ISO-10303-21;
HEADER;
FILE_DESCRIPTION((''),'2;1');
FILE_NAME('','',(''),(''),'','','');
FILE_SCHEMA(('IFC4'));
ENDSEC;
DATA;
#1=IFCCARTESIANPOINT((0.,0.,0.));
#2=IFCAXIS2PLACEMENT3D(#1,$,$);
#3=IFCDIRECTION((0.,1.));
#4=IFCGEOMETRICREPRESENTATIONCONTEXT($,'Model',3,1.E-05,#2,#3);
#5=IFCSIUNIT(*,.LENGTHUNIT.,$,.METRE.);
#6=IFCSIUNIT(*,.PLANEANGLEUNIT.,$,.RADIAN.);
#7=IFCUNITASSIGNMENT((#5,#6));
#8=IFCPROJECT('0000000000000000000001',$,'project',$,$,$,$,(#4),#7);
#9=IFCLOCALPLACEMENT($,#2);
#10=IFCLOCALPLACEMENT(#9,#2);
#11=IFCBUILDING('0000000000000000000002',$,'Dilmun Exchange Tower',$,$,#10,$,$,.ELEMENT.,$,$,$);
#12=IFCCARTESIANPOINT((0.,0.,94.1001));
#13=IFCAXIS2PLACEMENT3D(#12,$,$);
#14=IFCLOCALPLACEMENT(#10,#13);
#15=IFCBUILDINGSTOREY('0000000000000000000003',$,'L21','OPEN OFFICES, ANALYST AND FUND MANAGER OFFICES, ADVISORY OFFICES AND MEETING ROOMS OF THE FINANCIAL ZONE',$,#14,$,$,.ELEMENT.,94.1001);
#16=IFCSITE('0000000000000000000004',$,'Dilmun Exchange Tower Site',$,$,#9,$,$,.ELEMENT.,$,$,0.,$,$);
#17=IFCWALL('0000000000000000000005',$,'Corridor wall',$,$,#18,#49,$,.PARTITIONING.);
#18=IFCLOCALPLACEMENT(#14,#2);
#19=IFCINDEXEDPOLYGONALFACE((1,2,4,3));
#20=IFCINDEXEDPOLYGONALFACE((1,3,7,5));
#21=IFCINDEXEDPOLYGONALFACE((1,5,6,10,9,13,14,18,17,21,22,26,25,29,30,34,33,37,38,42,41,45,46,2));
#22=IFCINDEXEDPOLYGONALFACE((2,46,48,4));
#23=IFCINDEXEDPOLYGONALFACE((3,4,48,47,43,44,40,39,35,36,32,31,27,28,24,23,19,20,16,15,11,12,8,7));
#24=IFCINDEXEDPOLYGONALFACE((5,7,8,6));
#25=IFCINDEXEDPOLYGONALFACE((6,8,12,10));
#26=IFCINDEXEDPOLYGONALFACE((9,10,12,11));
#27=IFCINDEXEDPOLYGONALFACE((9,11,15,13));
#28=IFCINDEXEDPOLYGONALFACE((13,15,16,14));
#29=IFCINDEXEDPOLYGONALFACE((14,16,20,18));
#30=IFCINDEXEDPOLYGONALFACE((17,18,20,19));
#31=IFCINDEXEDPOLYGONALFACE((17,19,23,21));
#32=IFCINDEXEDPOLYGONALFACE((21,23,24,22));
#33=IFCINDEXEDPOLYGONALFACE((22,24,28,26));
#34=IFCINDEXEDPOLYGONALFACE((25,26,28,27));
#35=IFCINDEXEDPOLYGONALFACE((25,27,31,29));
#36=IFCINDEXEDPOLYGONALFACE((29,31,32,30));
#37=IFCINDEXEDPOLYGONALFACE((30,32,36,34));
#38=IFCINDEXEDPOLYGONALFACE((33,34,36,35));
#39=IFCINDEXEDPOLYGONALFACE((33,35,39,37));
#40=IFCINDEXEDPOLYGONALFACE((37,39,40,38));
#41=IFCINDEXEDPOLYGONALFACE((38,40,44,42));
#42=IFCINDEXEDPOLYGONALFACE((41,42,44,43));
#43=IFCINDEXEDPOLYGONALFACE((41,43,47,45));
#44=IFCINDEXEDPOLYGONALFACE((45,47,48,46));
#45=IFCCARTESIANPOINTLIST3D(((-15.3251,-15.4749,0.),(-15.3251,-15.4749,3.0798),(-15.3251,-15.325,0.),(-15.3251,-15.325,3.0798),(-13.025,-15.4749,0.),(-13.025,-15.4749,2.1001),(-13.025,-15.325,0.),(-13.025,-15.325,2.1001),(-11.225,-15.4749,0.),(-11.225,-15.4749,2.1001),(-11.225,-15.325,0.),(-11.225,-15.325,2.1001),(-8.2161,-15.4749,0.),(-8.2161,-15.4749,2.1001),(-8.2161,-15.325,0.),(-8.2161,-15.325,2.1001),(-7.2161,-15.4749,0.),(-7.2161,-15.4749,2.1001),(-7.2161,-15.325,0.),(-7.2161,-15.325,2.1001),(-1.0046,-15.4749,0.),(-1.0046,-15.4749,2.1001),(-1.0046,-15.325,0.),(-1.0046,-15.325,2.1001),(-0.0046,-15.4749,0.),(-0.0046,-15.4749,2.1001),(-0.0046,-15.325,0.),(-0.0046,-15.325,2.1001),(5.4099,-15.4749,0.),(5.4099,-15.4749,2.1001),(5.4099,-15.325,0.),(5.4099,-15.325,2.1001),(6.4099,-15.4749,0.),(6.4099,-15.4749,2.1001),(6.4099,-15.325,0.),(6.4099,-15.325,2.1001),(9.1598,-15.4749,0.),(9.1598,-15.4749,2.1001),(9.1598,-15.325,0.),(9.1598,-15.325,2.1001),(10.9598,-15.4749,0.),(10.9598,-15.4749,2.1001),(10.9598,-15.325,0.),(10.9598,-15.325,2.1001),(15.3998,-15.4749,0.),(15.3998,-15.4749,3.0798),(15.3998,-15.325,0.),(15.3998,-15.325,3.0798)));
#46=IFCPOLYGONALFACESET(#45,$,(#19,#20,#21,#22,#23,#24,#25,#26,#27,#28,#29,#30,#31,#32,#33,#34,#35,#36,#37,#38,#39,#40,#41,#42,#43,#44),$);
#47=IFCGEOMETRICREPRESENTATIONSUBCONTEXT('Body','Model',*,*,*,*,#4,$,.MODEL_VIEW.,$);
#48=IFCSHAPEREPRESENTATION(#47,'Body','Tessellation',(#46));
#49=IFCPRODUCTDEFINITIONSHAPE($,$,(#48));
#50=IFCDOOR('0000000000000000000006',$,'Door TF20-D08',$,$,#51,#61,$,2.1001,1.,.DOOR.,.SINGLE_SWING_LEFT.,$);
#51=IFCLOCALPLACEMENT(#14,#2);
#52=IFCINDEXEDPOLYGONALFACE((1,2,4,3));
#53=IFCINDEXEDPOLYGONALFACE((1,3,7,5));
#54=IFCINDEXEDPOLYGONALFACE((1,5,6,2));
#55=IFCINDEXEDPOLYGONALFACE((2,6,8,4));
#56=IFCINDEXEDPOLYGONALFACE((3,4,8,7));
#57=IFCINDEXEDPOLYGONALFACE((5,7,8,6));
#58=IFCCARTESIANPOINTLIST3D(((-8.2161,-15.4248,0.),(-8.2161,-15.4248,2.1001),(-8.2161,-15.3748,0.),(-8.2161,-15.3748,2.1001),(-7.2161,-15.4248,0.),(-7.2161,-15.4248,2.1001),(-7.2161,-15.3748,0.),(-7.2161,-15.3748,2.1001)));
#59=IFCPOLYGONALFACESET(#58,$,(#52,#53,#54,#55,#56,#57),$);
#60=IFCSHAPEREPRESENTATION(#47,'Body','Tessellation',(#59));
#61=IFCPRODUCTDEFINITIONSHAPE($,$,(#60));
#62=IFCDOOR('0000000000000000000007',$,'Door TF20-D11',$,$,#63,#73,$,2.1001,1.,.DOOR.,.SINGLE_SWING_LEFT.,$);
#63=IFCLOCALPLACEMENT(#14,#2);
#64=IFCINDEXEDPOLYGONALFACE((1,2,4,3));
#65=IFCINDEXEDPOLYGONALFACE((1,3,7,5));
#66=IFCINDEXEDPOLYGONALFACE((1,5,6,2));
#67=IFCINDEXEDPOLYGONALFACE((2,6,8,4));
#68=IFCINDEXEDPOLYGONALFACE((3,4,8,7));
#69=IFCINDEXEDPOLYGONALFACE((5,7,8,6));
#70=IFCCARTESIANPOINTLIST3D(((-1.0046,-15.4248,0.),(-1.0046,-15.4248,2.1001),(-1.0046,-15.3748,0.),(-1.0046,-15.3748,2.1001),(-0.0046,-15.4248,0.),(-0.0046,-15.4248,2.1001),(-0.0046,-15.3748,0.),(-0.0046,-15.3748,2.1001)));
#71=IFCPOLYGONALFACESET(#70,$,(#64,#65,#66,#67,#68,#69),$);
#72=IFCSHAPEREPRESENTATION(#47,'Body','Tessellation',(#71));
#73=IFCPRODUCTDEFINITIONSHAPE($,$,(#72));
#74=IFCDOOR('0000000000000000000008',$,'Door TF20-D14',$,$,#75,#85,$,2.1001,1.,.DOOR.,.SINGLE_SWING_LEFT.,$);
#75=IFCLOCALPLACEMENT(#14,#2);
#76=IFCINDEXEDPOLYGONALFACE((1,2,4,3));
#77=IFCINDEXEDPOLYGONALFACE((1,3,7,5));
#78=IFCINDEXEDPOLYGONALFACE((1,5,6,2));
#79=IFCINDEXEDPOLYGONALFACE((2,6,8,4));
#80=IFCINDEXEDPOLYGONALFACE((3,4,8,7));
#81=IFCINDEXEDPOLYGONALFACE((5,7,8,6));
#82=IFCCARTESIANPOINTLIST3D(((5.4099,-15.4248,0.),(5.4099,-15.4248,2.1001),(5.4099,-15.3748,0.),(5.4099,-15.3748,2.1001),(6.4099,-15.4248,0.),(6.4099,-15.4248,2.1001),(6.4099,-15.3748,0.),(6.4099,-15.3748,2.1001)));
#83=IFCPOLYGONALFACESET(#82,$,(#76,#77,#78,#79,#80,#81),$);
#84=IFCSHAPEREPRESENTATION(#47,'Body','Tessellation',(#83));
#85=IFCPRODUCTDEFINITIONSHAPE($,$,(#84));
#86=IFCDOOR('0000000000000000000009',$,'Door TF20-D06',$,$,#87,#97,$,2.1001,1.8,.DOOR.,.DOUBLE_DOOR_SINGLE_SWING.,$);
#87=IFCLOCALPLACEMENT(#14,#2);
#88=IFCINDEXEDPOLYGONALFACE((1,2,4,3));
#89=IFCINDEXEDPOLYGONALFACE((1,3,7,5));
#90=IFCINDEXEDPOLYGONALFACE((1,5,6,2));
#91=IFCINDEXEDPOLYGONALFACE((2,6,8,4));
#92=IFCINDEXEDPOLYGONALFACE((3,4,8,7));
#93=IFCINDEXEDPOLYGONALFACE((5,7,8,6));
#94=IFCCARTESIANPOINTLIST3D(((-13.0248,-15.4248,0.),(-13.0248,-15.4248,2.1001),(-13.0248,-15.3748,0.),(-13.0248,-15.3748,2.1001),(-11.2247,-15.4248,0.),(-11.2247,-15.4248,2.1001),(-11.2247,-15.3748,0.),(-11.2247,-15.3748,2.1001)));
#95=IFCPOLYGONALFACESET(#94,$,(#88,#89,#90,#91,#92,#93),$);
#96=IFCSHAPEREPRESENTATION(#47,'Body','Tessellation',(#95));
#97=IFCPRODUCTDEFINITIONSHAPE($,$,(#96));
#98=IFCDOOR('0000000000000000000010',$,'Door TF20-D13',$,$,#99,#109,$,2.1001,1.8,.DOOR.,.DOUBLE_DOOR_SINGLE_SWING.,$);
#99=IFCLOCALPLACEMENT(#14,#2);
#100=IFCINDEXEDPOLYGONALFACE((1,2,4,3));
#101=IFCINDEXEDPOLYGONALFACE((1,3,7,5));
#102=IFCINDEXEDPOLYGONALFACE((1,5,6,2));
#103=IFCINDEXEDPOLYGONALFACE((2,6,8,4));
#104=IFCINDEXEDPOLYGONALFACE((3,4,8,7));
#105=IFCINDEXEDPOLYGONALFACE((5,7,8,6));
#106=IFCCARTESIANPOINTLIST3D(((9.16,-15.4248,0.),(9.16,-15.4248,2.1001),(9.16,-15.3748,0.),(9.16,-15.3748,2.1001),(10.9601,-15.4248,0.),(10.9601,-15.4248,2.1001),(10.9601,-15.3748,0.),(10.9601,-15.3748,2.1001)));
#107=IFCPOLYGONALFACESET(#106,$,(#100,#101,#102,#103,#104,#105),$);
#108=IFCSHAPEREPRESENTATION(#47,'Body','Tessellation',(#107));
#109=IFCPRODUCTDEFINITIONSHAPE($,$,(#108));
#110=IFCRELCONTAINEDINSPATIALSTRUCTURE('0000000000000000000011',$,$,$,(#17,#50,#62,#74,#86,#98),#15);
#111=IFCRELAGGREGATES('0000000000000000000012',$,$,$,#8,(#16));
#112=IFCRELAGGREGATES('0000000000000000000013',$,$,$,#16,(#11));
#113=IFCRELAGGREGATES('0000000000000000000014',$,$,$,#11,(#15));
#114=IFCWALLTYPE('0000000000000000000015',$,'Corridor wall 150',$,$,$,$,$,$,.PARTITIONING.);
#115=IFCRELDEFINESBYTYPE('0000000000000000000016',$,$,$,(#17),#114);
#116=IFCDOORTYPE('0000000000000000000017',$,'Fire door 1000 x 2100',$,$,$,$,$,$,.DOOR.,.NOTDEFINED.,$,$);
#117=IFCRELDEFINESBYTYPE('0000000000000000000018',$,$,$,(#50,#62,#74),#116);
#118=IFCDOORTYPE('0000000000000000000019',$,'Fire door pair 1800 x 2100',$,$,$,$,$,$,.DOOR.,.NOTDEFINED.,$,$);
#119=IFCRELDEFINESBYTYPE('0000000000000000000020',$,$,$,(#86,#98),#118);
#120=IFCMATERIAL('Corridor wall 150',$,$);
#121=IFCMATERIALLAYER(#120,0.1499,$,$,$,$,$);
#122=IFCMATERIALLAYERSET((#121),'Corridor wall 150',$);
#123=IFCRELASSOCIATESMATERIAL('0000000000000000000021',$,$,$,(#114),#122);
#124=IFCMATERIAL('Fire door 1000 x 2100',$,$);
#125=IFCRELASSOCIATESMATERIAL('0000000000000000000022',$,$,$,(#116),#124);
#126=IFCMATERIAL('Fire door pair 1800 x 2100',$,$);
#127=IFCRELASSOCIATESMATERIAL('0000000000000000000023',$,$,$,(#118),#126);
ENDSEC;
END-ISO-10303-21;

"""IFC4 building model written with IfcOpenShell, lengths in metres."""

from ifc_helpers import new_model, si_unit, direction, frame, frame_2d, origin, place, context, subcontext, project, spatial, rectangle, extrude, material, layer, layer_set, type_object, element, fill, save


model = new_model("IFC4")

# Units and contexts
model_context = context("Model", 3, precision=1e-05, world=origin(), true_north=direction((0.0, 1.0)))
body_context = subcontext(model_context, "Body", "Model", "MODEL_VIEW")
ifc_project = project(units=[si_unit("LENGTHUNIT", "METRE"), si_unit("PLANEANGLEUNIT", "RADIAN")], contexts=[model_context])

# Site, building, storey
site_placement = place(None, origin())
site = spatial("IfcSite", under=ifc_project, at=site_placement, Name="Dilmun Exchange Tower Site", CompositionType="ELEMENT", RefElevation=0.0)
building_placement = place(site_placement, origin())
building = spatial("IfcBuilding", under=site, at=building_placement, Name="Dilmun Exchange Tower", CompositionType="ELEMENT")
storey_placement = place(building_placement, frame((0.0, 0.0, 94.1001)))
storey = spatial("IfcBuildingStorey", under=building, at=storey_placement, Name="L21", Description="OPEN OFFICES, ANALYST AND FUND MANAGER OFFICES, ADVISORY OFFICES AND MEETING ROOMS OF THE FINANCIAL ZONE", CompositionType="ELEMENT", Elevation=94.1001)

# Wall, openings, doors
ifc_material_1 = material(Name="Corridor wall 150")
ifc_layer = layer(ifc_material_1, 0.1499)
ifc_layer_set = layer_set([ifc_layer], Name="Corridor wall 150")
wall_type = type_object("IfcWallType", Name="Corridor wall 150", PredefinedType="PARTITIONING", material=ifc_layer_set)
ifc_material_2 = material(Name="Fire door 1000 x 2100")
door_type_1 = type_object("IfcDoorType", Name="Fire door 1000 x 2100", OperationType="NOTDEFINED", PredefinedType="DOOR", material=ifc_material_2)
ifc_material_3 = material(Name="Fire door pair 1800 x 2100")
door_type_2 = type_object("IfcDoorType", Name="Fire door pair 1800 x 2100", OperationType="NOTDEFINED", PredefinedType="DOOR", material=ifc_material_3)
wall_1_placement = place(storey_placement, frame((-15.325, -15.3999, 0.0), z_axis=(0.0, 0.0, 1.0), x_axis=(1.0, 0.0, 0.0)))
wall_1 = element("IfcWall", 1, at=wall_1_placement, inside=storey, type_object=wall_type, Name="Corridor wall", PredefinedType="PARTITIONING", context=body_context, shape_type="SweptSolid", body=[
    extrude(rectangle(XDim=30.7249, YDim=0.1499, at=frame_2d((15.3623, 0.0))), origin(), (0.0, 0.0, 1.0), 3.0798),
])
opening_1_placement = place(wall_1_placement, frame((2.3, 0.0, 0.0)))
opening_1 = element("IfcOpeningElement", 2, at=opening_1_placement, cuts=wall_1, PredefinedType="OPENING", context=body_context, shape_type="SweptSolid", body=[
    extrude(rectangle(XDim=1.8, YDim=2.1001, at=frame_2d((0.8999, 1.05))), frame((0.0, 0.085, 0.0), z_axis=(0.0, -1.0, 0.0), x_axis=(1.0, 0.0, 0.0)), (0.0, 0.0, 1.0), 0.1699),
])
opening_2_placement = place(wall_1_placement, frame((7.1089, 0.0, 0.0)))
opening_2 = element("IfcOpeningElement", 3, at=opening_2_placement, cuts=wall_1, PredefinedType="OPENING", context=body_context, shape_type="SweptSolid", body=[
    extrude(rectangle(XDim=1.0, YDim=2.1001, at=frame_2d((0.5, 1.05))), frame((0.0, 0.085, 0.0), z_axis=(0.0, -1.0, 0.0), x_axis=(1.0, 0.0, 0.0)), (0.0, 0.0, 1.0), 0.1699),
])
opening_3_placement = place(wall_1_placement, frame((14.3203, 0.0, 0.0)))
opening_3 = element("IfcOpeningElement", 4, at=opening_3_placement, cuts=wall_1, PredefinedType="OPENING", context=body_context, shape_type="SweptSolid", body=[
    extrude(rectangle(XDim=1.0, YDim=2.1001, at=frame_2d((0.5, 1.05))), frame((0.0, 0.085, 0.0), z_axis=(0.0, -1.0, 0.0), x_axis=(1.0, 0.0, 0.0)), (0.0, 0.0, 1.0), 0.1699),
])
opening_4_placement = place(wall_1_placement, frame((24.4849, 0.0, 0.0)))
opening_4 = element("IfcOpeningElement", 5, at=opening_4_placement, cuts=wall_1, PredefinedType="OPENING", context=body_context, shape_type="SweptSolid", body=[
    extrude(rectangle(XDim=1.8, YDim=2.1001, at=frame_2d((0.8999, 1.05))), frame((0.0, 0.085, 0.0), z_axis=(0.0, -1.0, 0.0), x_axis=(1.0, 0.0, 0.0)), (0.0, 0.0, 1.0), 0.1699),
])
opening_5_placement = place(wall_1_placement, frame((20.7349, 0.0, 0.0)))
opening_5 = element("IfcOpeningElement", 6, at=opening_5_placement, cuts=wall_1, PredefinedType="OPENING", context=body_context, shape_type="SweptSolid", body=[
    extrude(rectangle(XDim=1.0, YDim=2.1001, at=frame_2d((0.5, 1.05))), frame((0.0, 0.085, 0.0), z_axis=(0.0, -1.0, 0.0), x_axis=(1.0, 0.0, 0.0)), (0.0, 0.0, 1.0), 0.1699),
])
door_1_placement = place(opening_2_placement, frame((1.0, 0.0, 0.0), z_axis=(0.0, 0.0, 1.0), x_axis=(-1.0, 0.0, 0.0)))
door_1 = element("IfcDoor", 7, at=door_1_placement, inside=storey, type_object=door_type_1, Name="Door TF20-D08", OperationType="SINGLE_SWING_LEFT", OverallHeight=2.1001, OverallWidth=1.0, PredefinedType="DOOR", context=body_context, shape_type="SweptSolid", body=[
    extrude(rectangle(XDim=1.0, YDim=2.1001, at=frame_2d((0.5, 1.05))), frame((0.0, 0.0249, 0.0), z_axis=(0.0, -1.0, 0.0), x_axis=(1.0, 0.0, 0.0)), (0.0, 0.0, 1.0), 0.05),
])
fill(opening_2, door_1)
door_2_placement = place(opening_3_placement, frame((1.0, 0.0, 0.0), z_axis=(0.0, 0.0, 1.0), x_axis=(-1.0, 0.0, 0.0)))
door_2 = element("IfcDoor", 8, at=door_2_placement, inside=storey, type_object=door_type_1, Name="Door TF20-D11", OperationType="SINGLE_SWING_LEFT", OverallHeight=2.1001, OverallWidth=1.0, PredefinedType="DOOR", context=body_context, shape_type="SweptSolid", body=[
    extrude(rectangle(XDim=1.0, YDim=2.1001, at=frame_2d((0.5, 1.05))), frame((0.0, 0.0249, 0.0), z_axis=(0.0, -1.0, 0.0), x_axis=(1.0, 0.0, 0.0)), (0.0, 0.0, 1.0), 0.05),
])
fill(opening_3, door_2)
door_3_placement = place(opening_5_placement, frame((1.0, 0.0, 0.0), z_axis=(0.0, 0.0, 1.0), x_axis=(-1.0, 0.0, 0.0)))
door_3 = element("IfcDoor", 9, at=door_3_placement, inside=storey, type_object=door_type_1, Name="Door TF20-D14", OperationType="SINGLE_SWING_LEFT", OverallHeight=2.1001, OverallWidth=1.0, PredefinedType="DOOR", context=body_context, shape_type="SweptSolid", body=[
    extrude(rectangle(XDim=1.0, YDim=2.1001, at=frame_2d((0.5, 1.05))), frame((0.0, 0.0249, 0.0), z_axis=(0.0, -1.0, 0.0), x_axis=(1.0, 0.0, 0.0)), (0.0, 0.0, 1.0), 0.05),
])
fill(opening_5, door_3)
door_4_placement = place(opening_1_placement, frame((1.8, 0.0, 0.0), z_axis=(0.0, 0.0, 1.0), x_axis=(-1.0, 0.0, 0.0)))
door_4 = element("IfcDoor", 10, at=door_4_placement, inside=storey, type_object=door_type_2, Name="Door TF20-D06", OperationType="DOUBLE_DOOR_SINGLE_SWING", OverallHeight=2.1001, OverallWidth=1.8, PredefinedType="DOOR", context=body_context, shape_type="SweptSolid", body=[
    extrude(rectangle(XDim=1.8, YDim=2.1001, at=frame_2d((0.8999, 1.05))), frame((0.0, 0.0249, 0.0), z_axis=(0.0, -1.0, 0.0), x_axis=(1.0, 0.0, 0.0)), (0.0, 0.0, 1.0), 0.05),
])
fill(opening_1, door_4)
door_5_placement = place(opening_4_placement, frame((1.8, 0.0, 0.0), z_axis=(0.0, 0.0, 1.0), x_axis=(-1.0, 0.0, 0.0)))
door_5 = element("IfcDoor", 11, at=door_5_placement, inside=storey, type_object=door_type_2, Name="Door TF20-D13", OperationType="DOUBLE_DOOR_SINGLE_SWING", OverallHeight=2.1001, OverallWidth=1.8, PredefinedType="DOOR", context=body_context, shape_type="SweptSolid", body=[
    extrude(rectangle(XDim=1.8, YDim=2.1001, at=frame_2d((0.8999, 1.05))), frame((0.0, 0.0249, 0.0), z_axis=(0.0, -1.0, 0.0), x_axis=(1.0, 0.0, 0.0)), (0.0, 0.0, 1.0), 0.05),
])
fill(opening_4, door_5)

save(model, "model.ifc")
